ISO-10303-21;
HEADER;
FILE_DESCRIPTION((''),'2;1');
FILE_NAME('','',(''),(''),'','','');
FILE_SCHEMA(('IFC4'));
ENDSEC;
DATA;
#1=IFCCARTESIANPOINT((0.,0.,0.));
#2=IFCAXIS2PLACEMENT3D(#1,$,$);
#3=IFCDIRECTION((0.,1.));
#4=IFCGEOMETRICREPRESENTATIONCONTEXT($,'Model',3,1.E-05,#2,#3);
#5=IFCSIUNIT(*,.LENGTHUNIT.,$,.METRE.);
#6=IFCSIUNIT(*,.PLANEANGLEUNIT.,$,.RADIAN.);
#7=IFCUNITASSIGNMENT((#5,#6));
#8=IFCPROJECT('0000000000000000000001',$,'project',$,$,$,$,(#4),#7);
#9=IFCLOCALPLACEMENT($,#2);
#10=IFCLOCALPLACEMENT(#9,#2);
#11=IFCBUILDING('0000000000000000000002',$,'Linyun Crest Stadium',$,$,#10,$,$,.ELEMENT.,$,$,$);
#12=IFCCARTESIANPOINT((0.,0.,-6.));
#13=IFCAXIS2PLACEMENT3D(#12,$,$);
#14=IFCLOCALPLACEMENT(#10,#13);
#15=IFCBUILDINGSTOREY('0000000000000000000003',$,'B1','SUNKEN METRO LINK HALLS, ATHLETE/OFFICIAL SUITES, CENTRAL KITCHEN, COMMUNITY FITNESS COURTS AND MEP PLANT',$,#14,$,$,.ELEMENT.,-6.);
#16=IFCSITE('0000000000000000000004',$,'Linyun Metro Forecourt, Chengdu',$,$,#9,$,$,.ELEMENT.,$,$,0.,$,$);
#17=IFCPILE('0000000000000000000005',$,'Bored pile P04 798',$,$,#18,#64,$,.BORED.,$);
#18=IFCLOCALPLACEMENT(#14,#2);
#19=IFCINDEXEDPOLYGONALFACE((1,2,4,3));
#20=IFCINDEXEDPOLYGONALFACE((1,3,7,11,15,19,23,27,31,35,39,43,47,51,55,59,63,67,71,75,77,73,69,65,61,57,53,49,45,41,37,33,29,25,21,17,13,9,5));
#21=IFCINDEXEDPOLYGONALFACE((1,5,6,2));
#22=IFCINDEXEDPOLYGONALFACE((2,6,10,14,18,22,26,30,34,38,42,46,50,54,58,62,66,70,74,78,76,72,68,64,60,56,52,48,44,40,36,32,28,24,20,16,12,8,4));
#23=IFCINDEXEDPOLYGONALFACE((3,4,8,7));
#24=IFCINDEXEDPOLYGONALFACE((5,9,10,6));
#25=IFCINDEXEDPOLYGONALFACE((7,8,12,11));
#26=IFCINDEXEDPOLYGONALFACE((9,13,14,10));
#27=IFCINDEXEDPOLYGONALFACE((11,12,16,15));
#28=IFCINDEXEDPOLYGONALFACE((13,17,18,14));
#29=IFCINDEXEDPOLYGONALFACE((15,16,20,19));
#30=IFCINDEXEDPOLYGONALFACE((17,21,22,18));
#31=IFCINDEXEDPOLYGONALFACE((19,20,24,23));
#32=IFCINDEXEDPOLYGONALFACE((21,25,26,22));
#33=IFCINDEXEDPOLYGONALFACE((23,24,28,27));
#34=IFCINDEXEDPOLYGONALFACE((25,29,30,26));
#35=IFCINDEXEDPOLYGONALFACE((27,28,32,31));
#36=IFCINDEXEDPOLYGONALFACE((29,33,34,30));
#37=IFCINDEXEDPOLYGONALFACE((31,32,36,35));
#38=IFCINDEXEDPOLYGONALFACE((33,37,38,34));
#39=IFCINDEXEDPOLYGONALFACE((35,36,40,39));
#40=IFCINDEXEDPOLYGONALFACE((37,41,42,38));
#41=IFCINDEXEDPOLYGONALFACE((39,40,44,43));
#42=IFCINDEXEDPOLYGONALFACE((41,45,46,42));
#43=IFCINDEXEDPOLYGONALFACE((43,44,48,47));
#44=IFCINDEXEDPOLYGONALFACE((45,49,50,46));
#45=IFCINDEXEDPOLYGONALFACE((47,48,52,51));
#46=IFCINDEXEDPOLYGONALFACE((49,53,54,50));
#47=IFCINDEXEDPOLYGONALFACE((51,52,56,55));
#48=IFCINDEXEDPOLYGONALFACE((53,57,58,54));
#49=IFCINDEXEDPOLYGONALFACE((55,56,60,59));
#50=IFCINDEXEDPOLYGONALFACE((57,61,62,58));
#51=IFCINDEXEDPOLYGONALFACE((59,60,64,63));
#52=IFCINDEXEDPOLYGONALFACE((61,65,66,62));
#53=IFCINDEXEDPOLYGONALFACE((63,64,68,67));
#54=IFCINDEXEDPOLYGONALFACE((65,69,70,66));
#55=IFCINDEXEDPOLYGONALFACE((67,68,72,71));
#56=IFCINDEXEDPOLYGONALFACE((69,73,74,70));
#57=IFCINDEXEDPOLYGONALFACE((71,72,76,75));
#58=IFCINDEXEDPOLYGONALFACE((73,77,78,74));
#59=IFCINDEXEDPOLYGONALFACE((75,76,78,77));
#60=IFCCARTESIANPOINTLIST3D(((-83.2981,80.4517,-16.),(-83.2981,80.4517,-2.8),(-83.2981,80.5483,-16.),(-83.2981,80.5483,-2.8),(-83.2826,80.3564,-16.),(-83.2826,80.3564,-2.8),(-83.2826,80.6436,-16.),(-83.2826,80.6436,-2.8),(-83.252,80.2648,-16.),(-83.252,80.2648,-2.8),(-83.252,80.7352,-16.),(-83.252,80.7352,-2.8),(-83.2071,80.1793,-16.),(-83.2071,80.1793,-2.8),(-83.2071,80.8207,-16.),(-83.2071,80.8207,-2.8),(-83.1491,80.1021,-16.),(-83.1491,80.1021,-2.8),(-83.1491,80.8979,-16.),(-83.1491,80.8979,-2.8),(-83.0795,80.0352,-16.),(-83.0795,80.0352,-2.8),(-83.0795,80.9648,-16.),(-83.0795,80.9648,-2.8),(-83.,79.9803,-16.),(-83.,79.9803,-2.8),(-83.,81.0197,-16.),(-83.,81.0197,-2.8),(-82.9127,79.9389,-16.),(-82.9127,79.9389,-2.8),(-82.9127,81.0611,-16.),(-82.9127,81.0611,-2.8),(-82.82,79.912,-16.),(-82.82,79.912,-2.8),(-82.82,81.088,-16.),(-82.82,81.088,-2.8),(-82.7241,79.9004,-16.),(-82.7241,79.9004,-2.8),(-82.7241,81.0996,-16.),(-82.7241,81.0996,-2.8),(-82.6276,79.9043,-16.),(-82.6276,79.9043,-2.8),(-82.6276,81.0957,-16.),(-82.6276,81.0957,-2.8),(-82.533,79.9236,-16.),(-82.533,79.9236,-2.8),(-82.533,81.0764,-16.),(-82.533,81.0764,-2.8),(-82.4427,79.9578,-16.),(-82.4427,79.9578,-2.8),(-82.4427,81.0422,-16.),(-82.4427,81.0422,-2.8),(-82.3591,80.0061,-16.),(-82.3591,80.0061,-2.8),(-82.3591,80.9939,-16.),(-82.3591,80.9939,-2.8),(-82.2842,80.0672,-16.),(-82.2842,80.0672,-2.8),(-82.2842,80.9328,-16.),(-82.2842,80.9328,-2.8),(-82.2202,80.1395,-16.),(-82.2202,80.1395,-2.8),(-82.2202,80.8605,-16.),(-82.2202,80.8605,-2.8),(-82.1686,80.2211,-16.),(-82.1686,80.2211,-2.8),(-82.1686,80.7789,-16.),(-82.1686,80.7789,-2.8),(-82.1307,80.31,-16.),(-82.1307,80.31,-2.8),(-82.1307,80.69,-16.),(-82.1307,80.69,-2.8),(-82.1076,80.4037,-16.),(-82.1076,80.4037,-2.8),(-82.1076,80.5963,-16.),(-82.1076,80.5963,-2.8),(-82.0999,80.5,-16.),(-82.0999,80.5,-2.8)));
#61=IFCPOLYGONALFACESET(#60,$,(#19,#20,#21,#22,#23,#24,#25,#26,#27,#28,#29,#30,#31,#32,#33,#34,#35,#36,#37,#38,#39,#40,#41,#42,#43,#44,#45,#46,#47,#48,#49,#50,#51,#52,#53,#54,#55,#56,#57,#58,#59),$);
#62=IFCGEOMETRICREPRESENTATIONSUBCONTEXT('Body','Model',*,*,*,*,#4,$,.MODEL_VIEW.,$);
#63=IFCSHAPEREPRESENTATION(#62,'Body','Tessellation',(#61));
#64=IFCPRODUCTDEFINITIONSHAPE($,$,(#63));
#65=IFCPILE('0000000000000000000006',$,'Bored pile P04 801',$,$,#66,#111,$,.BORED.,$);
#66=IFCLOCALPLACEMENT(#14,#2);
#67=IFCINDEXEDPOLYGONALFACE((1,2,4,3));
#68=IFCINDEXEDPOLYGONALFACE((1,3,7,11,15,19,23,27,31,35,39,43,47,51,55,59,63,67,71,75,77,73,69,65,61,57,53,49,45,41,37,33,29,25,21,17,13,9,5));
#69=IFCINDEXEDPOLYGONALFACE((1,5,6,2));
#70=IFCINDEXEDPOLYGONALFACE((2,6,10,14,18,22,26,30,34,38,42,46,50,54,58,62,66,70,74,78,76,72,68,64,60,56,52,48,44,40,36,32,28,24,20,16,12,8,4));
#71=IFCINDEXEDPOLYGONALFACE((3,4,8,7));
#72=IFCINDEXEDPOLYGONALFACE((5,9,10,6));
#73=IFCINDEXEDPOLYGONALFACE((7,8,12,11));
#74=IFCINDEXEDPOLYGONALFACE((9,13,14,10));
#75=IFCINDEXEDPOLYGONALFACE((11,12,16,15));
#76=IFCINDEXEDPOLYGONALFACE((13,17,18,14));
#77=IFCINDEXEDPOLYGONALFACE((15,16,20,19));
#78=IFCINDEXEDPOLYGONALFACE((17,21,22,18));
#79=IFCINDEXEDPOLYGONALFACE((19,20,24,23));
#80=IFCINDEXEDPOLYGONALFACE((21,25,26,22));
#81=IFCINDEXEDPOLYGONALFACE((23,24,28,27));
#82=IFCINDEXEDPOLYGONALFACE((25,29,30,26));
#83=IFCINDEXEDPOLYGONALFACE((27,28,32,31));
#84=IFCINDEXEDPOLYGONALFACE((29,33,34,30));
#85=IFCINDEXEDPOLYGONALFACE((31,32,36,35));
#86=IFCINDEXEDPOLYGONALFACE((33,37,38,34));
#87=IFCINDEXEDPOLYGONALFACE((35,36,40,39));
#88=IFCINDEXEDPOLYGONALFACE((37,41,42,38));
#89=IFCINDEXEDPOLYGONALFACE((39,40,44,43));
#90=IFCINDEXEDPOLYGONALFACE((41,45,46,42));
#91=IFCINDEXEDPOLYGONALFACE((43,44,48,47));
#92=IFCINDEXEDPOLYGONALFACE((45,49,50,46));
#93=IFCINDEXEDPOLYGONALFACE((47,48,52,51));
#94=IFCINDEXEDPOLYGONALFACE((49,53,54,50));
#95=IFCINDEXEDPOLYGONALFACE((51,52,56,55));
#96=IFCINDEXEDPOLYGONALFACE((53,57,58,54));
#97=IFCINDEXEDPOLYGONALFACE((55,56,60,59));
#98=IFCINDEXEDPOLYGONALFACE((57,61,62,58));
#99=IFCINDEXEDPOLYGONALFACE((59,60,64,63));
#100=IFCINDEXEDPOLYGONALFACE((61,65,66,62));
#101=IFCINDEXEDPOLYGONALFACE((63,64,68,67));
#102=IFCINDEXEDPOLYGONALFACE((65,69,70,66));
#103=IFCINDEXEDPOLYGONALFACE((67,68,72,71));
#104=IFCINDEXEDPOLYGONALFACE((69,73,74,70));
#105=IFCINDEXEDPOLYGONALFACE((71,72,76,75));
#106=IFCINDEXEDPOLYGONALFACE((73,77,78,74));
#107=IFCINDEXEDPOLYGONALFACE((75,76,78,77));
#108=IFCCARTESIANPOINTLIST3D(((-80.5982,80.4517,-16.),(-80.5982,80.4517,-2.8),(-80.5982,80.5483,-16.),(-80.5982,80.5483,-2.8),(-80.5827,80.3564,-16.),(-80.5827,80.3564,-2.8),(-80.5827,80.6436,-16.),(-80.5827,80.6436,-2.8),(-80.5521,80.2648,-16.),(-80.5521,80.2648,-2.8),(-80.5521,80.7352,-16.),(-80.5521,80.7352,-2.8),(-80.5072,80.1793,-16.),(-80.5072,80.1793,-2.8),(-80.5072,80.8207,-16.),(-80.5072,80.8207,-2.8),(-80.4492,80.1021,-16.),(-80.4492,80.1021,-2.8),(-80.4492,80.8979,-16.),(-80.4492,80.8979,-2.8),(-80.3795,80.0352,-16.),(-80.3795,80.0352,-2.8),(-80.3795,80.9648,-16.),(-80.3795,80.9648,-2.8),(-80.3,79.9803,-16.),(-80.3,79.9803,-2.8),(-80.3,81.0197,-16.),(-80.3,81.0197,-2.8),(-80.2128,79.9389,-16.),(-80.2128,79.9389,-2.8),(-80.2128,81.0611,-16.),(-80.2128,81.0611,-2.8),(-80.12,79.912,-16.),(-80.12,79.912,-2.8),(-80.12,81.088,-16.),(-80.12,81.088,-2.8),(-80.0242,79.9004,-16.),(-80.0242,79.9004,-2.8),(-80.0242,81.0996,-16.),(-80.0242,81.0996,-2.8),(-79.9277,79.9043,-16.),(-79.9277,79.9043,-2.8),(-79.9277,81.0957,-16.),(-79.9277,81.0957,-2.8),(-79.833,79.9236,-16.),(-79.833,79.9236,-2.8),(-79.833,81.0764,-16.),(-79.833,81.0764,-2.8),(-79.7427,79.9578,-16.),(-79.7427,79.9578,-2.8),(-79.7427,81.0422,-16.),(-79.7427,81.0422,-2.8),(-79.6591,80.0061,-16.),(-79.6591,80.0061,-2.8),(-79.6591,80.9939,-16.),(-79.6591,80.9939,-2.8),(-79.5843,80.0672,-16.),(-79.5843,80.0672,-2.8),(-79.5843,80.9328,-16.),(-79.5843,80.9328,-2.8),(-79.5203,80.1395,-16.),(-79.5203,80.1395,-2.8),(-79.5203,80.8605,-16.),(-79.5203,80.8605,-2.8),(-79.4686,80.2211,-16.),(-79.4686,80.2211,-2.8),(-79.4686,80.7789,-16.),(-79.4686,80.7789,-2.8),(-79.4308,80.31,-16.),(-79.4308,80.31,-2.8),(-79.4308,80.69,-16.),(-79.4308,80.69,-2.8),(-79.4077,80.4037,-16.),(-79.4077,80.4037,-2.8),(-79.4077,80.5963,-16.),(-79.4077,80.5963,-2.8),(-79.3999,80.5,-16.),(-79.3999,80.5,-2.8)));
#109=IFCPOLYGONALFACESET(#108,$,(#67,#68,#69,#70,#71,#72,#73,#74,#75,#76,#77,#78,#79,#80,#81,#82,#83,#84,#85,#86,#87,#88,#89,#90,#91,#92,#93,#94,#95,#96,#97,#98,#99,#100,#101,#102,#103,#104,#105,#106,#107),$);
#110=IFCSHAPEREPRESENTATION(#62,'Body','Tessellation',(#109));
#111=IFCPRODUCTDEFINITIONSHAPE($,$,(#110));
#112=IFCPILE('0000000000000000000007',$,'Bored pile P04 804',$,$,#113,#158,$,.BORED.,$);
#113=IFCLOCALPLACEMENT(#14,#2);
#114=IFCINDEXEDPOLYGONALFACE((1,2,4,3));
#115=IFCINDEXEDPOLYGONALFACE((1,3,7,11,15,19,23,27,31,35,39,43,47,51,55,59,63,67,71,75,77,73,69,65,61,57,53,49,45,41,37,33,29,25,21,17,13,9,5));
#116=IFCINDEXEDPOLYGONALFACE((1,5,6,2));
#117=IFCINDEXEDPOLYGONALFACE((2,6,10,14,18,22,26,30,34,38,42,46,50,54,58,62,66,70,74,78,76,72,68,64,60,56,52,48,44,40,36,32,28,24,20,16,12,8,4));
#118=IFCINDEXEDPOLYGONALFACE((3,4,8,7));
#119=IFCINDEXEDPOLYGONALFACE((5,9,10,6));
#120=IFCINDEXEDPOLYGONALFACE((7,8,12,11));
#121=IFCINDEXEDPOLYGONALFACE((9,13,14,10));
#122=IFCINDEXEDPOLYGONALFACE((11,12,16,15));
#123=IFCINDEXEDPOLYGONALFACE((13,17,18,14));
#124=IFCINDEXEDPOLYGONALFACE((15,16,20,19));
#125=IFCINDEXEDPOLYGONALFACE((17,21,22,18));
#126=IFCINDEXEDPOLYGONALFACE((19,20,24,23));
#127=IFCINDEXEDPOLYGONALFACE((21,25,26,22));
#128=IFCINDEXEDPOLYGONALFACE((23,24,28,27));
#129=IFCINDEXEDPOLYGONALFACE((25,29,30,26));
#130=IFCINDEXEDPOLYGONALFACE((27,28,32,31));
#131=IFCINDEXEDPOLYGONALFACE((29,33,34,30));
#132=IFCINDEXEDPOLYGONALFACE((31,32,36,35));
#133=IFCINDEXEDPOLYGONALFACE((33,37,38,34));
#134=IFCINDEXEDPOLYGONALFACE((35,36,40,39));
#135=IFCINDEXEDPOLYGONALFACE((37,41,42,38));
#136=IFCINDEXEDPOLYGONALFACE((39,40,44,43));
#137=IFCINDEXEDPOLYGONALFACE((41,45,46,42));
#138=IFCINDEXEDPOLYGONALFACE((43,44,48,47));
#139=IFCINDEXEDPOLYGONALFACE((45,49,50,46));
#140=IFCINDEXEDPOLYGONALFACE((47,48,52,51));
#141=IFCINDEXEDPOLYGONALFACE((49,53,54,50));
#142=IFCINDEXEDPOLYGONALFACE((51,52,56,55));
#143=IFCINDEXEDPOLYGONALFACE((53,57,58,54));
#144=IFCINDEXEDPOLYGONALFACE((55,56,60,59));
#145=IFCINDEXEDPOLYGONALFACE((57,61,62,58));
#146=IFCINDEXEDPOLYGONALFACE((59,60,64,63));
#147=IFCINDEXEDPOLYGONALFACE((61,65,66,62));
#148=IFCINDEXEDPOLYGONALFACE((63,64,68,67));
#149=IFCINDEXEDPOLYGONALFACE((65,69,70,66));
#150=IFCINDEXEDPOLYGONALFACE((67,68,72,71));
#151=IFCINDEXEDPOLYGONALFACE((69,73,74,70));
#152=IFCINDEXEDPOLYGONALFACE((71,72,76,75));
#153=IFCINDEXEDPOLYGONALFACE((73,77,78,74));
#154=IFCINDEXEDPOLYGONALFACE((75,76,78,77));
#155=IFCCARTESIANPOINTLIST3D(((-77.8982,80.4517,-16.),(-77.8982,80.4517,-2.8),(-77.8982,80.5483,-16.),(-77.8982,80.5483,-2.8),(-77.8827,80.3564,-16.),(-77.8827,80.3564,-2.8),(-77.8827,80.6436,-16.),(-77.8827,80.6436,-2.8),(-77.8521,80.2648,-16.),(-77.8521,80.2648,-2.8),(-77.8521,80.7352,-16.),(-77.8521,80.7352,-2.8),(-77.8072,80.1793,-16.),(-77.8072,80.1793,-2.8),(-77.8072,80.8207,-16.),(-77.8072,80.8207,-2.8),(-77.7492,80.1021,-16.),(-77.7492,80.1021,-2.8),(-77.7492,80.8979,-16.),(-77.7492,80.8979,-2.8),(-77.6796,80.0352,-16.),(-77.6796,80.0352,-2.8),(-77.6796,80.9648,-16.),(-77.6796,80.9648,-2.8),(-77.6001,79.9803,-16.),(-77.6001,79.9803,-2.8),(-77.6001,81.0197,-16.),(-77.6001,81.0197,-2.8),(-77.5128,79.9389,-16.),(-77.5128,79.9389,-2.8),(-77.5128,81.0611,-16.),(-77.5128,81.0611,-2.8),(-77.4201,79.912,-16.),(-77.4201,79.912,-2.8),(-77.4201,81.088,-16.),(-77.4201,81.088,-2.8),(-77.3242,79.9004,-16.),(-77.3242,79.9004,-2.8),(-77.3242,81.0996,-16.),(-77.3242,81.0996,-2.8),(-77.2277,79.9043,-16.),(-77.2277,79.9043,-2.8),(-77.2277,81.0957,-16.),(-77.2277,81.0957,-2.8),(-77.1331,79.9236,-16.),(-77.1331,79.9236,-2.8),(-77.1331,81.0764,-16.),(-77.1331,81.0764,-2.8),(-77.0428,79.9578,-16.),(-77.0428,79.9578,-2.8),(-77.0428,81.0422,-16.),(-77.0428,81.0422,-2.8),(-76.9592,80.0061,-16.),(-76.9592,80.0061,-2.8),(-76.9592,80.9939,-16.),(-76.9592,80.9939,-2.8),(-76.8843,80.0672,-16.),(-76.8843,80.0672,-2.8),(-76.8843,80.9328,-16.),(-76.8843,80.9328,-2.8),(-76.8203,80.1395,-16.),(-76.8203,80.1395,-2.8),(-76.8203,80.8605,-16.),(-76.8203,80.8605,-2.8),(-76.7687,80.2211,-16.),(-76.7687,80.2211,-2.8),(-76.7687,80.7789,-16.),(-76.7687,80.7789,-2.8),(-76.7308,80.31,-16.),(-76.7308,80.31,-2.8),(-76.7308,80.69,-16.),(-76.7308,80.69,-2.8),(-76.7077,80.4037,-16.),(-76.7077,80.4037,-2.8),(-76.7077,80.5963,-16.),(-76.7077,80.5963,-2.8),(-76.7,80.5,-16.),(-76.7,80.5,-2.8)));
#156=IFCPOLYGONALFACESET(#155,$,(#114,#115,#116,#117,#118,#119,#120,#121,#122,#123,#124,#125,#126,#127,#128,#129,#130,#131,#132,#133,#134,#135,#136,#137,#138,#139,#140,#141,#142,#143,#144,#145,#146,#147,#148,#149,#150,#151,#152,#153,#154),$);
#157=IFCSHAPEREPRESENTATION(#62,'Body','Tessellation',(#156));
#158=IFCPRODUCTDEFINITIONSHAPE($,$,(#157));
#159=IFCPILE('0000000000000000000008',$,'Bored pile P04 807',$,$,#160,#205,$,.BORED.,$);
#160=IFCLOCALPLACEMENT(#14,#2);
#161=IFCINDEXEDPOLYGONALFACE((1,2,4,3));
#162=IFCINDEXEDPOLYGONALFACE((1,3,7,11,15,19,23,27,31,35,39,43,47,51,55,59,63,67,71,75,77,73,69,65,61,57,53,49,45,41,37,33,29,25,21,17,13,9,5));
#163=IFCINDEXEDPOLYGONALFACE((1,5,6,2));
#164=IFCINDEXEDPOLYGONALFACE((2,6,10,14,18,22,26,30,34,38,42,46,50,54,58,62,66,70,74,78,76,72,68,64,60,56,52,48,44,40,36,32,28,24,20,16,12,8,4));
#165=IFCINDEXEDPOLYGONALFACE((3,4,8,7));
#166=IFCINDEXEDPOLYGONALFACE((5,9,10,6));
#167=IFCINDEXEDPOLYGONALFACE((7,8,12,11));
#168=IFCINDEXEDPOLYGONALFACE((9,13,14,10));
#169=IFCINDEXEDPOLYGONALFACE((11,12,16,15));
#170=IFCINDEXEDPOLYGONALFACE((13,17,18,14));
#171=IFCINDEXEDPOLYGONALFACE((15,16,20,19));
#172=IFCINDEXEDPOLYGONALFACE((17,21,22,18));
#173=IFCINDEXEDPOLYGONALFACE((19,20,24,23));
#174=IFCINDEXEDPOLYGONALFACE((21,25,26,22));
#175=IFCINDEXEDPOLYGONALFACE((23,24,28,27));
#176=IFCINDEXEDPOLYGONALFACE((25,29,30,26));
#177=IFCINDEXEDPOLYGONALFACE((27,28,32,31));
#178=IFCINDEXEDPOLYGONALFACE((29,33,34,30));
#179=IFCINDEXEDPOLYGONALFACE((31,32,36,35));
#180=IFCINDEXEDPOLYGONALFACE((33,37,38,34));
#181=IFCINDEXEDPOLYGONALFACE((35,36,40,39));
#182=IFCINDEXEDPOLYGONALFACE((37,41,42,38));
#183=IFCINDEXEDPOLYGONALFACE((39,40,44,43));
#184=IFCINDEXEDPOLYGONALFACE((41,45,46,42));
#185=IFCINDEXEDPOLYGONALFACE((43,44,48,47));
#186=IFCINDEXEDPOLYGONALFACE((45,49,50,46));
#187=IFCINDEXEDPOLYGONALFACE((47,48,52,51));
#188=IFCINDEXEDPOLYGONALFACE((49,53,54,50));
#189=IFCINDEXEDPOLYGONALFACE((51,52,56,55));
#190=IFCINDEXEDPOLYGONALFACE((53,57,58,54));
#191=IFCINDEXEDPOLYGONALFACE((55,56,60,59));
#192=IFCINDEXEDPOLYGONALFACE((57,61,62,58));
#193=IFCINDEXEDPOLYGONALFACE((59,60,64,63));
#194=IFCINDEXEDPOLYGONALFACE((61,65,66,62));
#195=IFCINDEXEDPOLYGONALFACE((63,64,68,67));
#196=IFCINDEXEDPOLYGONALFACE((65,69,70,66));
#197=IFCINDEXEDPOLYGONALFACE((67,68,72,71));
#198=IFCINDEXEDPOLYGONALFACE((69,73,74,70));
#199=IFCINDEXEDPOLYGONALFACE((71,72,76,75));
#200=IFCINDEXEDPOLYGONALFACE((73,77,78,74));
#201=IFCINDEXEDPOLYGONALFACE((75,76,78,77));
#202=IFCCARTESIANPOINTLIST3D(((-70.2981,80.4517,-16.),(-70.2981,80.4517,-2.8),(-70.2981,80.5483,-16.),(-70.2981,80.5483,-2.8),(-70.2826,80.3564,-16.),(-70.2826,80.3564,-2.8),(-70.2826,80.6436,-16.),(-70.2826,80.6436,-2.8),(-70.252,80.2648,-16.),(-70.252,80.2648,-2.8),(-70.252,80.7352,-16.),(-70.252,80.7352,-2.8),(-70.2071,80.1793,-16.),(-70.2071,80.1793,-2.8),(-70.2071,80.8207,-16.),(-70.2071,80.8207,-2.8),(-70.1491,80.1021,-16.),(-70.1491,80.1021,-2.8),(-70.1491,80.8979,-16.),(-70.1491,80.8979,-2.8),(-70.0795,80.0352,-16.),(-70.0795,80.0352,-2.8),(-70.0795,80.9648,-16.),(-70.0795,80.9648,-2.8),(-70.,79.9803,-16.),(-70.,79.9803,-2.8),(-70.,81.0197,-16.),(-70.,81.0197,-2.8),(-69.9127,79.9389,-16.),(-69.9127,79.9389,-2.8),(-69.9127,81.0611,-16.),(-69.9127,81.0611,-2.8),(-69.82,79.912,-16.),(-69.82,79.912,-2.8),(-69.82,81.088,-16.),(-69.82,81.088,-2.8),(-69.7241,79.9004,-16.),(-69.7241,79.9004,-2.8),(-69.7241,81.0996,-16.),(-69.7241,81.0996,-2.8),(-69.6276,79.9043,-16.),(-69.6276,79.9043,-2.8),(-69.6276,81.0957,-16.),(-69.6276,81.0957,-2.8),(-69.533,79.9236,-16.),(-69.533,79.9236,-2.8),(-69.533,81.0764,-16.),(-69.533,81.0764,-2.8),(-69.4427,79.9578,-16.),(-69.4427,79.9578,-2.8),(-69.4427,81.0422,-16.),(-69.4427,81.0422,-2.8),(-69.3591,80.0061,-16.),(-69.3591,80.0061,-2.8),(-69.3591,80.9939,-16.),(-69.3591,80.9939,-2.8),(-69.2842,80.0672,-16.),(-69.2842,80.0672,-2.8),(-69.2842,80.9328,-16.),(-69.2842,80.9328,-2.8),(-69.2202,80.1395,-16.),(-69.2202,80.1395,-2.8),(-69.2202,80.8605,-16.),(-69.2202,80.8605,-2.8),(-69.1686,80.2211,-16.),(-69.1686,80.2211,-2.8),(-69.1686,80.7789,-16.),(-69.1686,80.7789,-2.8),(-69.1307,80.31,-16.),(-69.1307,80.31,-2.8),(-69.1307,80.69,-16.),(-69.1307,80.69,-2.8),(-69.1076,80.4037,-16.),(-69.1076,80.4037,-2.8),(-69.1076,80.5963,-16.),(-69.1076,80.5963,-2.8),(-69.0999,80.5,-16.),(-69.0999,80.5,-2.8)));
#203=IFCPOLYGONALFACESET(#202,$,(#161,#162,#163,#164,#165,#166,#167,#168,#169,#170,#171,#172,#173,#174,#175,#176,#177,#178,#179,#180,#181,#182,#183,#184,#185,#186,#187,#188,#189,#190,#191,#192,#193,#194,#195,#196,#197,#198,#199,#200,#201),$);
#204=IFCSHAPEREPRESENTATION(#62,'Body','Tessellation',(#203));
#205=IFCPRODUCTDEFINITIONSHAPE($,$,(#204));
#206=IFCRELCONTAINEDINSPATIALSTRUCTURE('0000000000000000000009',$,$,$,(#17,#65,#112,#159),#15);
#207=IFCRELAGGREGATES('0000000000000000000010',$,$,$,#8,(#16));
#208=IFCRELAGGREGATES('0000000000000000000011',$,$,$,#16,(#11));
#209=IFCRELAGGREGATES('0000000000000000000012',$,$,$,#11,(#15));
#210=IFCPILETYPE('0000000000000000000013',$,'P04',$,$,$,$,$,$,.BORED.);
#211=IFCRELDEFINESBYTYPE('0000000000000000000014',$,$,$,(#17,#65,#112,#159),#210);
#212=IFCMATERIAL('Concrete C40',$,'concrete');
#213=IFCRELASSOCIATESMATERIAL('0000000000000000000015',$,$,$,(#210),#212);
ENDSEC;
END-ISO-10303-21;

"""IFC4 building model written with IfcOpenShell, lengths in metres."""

from ifc_helpers import new_model, si_unit, direction, frame, origin, origin_2d, place, context, subcontext, project, spatial, circle, extrude, material, material_profile, profile_set, type_object, element, save


model = new_model("IFC4")

# Units and contexts
model_context = context("Model", 3, precision=1e-05, world=origin(), true_north=direction((0.0, 1.0)))
body_context = subcontext(model_context, "Body", "Model", "MODEL_VIEW")
ifc_project = project(units=[si_unit("LENGTHUNIT", "METRE"), si_unit("PLANEANGLEUNIT", "RADIAN")], contexts=[model_context])

# Site, building, storey
site_placement = place(None, origin())
site = spatial("IfcSite", under=ifc_project, at=site_placement, Name="Linyun Metro Forecourt, Chengdu", CompositionType="ELEMENT", RefElevation=0.0)
building_placement = place(site_placement, origin())
building = spatial("IfcBuilding", under=site, at=building_placement, Name="Linyun Crest Stadium", CompositionType="ELEMENT")
storey_placement = place(building_placement, frame((0.0, 0.0, -6.0)))
storey = spatial("IfcBuildingStorey", under=building, at=storey_placement, Name="B1", Description="SUNKEN METRO LINK HALLS, ATHLETE/OFFICIAL SUITES, CENTRAL KITCHEN, COMMUNITY FITNESS COURTS AND MEP PLANT", CompositionType="ELEMENT", Elevation=-6.0)

# Piles
ifc_material_1 = material(Name="Concrete C40", Category="concrete")
ifc_material_profile_1 = material_profile(ifc_material_1, circle(Radius=0.6001, at=origin_2d()), Name="BORED PILE 1200")
ifc_profile_set_1 = profile_set([ifc_material_profile_1], Name="Concrete C40")
pile_type = type_object("IfcPileType", Name="P04", PredefinedType="BORED", material=ifc_profile_set_1)
for number, where, z_axis, x_axis, name in (
    (1, (-82.7, 80.5, -2.8), (0.0, 0.0, -1.0), (1.0, 0.0, 0.0), "Bored pile P04 798"),
    (2, (-80.0, 80.5, -2.8), (0.0, 0.0, -1.0), (1.0, 0.0, 0.0), "Bored pile P04 801"),
    (3, (-77.3, 80.5, -2.8), (0.0, 0.0, -1.0), (1.0, 0.0, 0.0), "Bored pile P04 804"),
    (4, (-69.7, 80.5, -2.8), (0.0, 0.0, -1.0), (1.0, 0.0, 0.0), "Bored pile P04 807"),
):
    element("IfcPile", number, at=place(storey_placement, frame(where, z_axis=z_axis, x_axis=x_axis)), inside=storey, type_object=pile_type, Name=name, PredefinedType="BORED", context=body_context, shape_type="SweptSolid", body=[
        extrude(circle(Radius=0.6001, at=origin_2d()), origin(), (0.0, 0.0, 1.0), 13.2),
    ])

save(model, "model.ifc")
